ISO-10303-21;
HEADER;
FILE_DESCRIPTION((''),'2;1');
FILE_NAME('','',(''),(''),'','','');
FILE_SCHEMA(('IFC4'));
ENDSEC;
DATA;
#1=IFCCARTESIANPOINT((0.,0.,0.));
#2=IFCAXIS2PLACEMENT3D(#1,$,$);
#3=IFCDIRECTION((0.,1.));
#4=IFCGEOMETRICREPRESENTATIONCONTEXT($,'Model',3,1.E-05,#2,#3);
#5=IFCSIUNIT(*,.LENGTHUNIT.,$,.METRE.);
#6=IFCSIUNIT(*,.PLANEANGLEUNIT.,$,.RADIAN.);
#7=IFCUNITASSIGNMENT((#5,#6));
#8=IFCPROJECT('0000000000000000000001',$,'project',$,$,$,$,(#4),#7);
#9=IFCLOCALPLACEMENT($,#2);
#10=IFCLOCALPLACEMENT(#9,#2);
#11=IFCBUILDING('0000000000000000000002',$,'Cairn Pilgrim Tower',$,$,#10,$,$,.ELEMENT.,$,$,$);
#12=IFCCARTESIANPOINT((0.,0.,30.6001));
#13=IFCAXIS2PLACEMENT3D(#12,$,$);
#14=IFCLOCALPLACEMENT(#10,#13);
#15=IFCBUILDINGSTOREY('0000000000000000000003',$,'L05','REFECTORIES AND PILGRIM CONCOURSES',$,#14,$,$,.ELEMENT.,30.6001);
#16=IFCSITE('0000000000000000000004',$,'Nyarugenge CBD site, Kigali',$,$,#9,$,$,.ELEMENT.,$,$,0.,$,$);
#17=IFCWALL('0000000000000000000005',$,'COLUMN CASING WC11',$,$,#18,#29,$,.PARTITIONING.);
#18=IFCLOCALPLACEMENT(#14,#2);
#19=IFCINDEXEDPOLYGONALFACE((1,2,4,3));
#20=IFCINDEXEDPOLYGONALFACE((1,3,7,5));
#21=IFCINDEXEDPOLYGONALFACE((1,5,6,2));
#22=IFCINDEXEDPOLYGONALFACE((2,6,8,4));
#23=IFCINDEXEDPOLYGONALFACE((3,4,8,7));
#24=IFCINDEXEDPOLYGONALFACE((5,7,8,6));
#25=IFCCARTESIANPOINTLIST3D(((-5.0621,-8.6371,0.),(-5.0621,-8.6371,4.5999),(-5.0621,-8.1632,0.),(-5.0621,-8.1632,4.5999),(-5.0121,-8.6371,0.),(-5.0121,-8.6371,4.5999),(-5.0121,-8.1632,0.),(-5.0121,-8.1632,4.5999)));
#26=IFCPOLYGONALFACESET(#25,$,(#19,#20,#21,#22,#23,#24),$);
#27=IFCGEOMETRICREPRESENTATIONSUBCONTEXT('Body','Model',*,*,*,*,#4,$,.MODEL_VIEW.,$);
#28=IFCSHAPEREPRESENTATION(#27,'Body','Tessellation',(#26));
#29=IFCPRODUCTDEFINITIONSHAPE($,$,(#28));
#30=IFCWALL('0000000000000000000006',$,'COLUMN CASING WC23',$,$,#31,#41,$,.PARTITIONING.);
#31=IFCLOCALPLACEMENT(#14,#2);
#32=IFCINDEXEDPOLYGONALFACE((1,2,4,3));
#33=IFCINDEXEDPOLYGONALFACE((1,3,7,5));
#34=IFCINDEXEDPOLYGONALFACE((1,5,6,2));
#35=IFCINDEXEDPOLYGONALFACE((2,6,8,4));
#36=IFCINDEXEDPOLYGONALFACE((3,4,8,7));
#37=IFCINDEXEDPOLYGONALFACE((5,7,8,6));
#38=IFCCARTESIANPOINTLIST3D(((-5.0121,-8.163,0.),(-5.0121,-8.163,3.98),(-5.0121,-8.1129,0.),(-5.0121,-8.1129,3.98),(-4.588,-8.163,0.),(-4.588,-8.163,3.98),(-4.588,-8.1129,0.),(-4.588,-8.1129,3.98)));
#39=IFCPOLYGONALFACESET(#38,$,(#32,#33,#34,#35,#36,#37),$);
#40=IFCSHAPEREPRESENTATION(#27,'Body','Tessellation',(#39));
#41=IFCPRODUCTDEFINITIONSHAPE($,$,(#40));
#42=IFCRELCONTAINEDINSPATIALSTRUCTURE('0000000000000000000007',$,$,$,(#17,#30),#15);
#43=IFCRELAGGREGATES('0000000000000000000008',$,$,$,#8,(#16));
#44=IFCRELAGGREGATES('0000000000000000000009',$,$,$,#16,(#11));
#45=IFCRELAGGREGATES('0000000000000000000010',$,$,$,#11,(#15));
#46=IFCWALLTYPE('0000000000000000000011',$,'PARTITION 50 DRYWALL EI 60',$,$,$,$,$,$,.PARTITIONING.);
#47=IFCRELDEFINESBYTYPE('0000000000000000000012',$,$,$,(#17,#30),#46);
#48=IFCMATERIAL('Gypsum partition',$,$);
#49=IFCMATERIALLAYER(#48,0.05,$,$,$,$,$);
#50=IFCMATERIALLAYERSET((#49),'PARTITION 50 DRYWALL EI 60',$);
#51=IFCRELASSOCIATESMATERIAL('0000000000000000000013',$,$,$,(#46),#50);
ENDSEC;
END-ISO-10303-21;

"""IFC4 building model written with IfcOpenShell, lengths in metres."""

from ifc_helpers import new_model, si_unit, direction, frame, frame_2d, origin, place, context, subcontext, project, spatial, rectangle, extrude, material, layer, layer_set, type_object, element, save


model = new_model("IFC4")

# Units and contexts
model_context = context("Model", 3, precision=1e-05, world=origin(), true_north=direction((0.0, 1.0)))
body_context = subcontext(model_context, "Body", "Model", "MODEL_VIEW")
ifc_project = project(units=[si_unit("LENGTHUNIT", "METRE"), si_unit("PLANEANGLEUNIT", "RADIAN")], contexts=[model_context])

# Site, building, storey
site_placement = place(None, origin())
site = spatial("IfcSite", under=ifc_project, at=site_placement, Name="Nyarugenge CBD site, Kigali", CompositionType="ELEMENT", RefElevation=0.0)
building_placement = place(site_placement, origin())
building = spatial("IfcBuilding", under=site, at=building_placement, Name="Cairn Pilgrim Tower", CompositionType="ELEMENT")
storey_placement = place(building_placement, frame((0.0, 0.0, 30.6001)))
storey = spatial("IfcBuildingStorey", under=building, at=storey_placement, Name="L05", Description="REFECTORIES AND PILGRIM CONCOURSES", CompositionType="ELEMENT", Elevation=30.6001)

# Shared definitions
ifc_material_1 = material(Name="Gypsum partition")

# Walls
ifc_layer_1 = layer(ifc_material_1, 0.05)
ifc_layer_set_1 = layer_set([ifc_layer_1], Name="PARTITION 50 DRYWALL EI 60")
wall_type_1 = type_object("IfcWallType", Name="PARTITION 50 DRYWALL EI 60", PredefinedType="PARTITIONING", material=ifc_layer_set_1)
wall_1_placement = place(storey_placement, frame((-5.0371, -8.637, 0.0), z_axis=(0.0, 0.0, 1.0), x_axis=(0.0, 1.0, 0.0)))
element("IfcWall", 1, at=wall_1_placement, inside=storey, type_object=wall_type_1, Name="COLUMN CASING WC11", PredefinedType="PARTITIONING", context=body_context, shape_type="SweptSolid", body=[
    extrude(rectangle(XDim=0.4739, YDim=0.05, at=frame_2d((0.2368, 0.0))), origin(), (0.0, 0.0, 1.0), 4.5999),
])
wall_2_placement = place(storey_placement, frame((-5.012, -8.1379, 0.0), z_axis=(0.0, 0.0, 1.0), x_axis=(1.0, 0.0, 0.0)))
element("IfcWall", 2, at=wall_2_placement, inside=storey, type_object=wall_type_1, Name="COLUMN CASING WC23", PredefinedType="PARTITIONING", context=body_context, shape_type="SweptSolid", body=[
    extrude(rectangle(XDim=0.4241, YDim=0.05, at=frame_2d((0.2119, 0.0))), origin(), (0.0, 0.0, 1.0), 3.98),
])

save(model, "model.ifc")
